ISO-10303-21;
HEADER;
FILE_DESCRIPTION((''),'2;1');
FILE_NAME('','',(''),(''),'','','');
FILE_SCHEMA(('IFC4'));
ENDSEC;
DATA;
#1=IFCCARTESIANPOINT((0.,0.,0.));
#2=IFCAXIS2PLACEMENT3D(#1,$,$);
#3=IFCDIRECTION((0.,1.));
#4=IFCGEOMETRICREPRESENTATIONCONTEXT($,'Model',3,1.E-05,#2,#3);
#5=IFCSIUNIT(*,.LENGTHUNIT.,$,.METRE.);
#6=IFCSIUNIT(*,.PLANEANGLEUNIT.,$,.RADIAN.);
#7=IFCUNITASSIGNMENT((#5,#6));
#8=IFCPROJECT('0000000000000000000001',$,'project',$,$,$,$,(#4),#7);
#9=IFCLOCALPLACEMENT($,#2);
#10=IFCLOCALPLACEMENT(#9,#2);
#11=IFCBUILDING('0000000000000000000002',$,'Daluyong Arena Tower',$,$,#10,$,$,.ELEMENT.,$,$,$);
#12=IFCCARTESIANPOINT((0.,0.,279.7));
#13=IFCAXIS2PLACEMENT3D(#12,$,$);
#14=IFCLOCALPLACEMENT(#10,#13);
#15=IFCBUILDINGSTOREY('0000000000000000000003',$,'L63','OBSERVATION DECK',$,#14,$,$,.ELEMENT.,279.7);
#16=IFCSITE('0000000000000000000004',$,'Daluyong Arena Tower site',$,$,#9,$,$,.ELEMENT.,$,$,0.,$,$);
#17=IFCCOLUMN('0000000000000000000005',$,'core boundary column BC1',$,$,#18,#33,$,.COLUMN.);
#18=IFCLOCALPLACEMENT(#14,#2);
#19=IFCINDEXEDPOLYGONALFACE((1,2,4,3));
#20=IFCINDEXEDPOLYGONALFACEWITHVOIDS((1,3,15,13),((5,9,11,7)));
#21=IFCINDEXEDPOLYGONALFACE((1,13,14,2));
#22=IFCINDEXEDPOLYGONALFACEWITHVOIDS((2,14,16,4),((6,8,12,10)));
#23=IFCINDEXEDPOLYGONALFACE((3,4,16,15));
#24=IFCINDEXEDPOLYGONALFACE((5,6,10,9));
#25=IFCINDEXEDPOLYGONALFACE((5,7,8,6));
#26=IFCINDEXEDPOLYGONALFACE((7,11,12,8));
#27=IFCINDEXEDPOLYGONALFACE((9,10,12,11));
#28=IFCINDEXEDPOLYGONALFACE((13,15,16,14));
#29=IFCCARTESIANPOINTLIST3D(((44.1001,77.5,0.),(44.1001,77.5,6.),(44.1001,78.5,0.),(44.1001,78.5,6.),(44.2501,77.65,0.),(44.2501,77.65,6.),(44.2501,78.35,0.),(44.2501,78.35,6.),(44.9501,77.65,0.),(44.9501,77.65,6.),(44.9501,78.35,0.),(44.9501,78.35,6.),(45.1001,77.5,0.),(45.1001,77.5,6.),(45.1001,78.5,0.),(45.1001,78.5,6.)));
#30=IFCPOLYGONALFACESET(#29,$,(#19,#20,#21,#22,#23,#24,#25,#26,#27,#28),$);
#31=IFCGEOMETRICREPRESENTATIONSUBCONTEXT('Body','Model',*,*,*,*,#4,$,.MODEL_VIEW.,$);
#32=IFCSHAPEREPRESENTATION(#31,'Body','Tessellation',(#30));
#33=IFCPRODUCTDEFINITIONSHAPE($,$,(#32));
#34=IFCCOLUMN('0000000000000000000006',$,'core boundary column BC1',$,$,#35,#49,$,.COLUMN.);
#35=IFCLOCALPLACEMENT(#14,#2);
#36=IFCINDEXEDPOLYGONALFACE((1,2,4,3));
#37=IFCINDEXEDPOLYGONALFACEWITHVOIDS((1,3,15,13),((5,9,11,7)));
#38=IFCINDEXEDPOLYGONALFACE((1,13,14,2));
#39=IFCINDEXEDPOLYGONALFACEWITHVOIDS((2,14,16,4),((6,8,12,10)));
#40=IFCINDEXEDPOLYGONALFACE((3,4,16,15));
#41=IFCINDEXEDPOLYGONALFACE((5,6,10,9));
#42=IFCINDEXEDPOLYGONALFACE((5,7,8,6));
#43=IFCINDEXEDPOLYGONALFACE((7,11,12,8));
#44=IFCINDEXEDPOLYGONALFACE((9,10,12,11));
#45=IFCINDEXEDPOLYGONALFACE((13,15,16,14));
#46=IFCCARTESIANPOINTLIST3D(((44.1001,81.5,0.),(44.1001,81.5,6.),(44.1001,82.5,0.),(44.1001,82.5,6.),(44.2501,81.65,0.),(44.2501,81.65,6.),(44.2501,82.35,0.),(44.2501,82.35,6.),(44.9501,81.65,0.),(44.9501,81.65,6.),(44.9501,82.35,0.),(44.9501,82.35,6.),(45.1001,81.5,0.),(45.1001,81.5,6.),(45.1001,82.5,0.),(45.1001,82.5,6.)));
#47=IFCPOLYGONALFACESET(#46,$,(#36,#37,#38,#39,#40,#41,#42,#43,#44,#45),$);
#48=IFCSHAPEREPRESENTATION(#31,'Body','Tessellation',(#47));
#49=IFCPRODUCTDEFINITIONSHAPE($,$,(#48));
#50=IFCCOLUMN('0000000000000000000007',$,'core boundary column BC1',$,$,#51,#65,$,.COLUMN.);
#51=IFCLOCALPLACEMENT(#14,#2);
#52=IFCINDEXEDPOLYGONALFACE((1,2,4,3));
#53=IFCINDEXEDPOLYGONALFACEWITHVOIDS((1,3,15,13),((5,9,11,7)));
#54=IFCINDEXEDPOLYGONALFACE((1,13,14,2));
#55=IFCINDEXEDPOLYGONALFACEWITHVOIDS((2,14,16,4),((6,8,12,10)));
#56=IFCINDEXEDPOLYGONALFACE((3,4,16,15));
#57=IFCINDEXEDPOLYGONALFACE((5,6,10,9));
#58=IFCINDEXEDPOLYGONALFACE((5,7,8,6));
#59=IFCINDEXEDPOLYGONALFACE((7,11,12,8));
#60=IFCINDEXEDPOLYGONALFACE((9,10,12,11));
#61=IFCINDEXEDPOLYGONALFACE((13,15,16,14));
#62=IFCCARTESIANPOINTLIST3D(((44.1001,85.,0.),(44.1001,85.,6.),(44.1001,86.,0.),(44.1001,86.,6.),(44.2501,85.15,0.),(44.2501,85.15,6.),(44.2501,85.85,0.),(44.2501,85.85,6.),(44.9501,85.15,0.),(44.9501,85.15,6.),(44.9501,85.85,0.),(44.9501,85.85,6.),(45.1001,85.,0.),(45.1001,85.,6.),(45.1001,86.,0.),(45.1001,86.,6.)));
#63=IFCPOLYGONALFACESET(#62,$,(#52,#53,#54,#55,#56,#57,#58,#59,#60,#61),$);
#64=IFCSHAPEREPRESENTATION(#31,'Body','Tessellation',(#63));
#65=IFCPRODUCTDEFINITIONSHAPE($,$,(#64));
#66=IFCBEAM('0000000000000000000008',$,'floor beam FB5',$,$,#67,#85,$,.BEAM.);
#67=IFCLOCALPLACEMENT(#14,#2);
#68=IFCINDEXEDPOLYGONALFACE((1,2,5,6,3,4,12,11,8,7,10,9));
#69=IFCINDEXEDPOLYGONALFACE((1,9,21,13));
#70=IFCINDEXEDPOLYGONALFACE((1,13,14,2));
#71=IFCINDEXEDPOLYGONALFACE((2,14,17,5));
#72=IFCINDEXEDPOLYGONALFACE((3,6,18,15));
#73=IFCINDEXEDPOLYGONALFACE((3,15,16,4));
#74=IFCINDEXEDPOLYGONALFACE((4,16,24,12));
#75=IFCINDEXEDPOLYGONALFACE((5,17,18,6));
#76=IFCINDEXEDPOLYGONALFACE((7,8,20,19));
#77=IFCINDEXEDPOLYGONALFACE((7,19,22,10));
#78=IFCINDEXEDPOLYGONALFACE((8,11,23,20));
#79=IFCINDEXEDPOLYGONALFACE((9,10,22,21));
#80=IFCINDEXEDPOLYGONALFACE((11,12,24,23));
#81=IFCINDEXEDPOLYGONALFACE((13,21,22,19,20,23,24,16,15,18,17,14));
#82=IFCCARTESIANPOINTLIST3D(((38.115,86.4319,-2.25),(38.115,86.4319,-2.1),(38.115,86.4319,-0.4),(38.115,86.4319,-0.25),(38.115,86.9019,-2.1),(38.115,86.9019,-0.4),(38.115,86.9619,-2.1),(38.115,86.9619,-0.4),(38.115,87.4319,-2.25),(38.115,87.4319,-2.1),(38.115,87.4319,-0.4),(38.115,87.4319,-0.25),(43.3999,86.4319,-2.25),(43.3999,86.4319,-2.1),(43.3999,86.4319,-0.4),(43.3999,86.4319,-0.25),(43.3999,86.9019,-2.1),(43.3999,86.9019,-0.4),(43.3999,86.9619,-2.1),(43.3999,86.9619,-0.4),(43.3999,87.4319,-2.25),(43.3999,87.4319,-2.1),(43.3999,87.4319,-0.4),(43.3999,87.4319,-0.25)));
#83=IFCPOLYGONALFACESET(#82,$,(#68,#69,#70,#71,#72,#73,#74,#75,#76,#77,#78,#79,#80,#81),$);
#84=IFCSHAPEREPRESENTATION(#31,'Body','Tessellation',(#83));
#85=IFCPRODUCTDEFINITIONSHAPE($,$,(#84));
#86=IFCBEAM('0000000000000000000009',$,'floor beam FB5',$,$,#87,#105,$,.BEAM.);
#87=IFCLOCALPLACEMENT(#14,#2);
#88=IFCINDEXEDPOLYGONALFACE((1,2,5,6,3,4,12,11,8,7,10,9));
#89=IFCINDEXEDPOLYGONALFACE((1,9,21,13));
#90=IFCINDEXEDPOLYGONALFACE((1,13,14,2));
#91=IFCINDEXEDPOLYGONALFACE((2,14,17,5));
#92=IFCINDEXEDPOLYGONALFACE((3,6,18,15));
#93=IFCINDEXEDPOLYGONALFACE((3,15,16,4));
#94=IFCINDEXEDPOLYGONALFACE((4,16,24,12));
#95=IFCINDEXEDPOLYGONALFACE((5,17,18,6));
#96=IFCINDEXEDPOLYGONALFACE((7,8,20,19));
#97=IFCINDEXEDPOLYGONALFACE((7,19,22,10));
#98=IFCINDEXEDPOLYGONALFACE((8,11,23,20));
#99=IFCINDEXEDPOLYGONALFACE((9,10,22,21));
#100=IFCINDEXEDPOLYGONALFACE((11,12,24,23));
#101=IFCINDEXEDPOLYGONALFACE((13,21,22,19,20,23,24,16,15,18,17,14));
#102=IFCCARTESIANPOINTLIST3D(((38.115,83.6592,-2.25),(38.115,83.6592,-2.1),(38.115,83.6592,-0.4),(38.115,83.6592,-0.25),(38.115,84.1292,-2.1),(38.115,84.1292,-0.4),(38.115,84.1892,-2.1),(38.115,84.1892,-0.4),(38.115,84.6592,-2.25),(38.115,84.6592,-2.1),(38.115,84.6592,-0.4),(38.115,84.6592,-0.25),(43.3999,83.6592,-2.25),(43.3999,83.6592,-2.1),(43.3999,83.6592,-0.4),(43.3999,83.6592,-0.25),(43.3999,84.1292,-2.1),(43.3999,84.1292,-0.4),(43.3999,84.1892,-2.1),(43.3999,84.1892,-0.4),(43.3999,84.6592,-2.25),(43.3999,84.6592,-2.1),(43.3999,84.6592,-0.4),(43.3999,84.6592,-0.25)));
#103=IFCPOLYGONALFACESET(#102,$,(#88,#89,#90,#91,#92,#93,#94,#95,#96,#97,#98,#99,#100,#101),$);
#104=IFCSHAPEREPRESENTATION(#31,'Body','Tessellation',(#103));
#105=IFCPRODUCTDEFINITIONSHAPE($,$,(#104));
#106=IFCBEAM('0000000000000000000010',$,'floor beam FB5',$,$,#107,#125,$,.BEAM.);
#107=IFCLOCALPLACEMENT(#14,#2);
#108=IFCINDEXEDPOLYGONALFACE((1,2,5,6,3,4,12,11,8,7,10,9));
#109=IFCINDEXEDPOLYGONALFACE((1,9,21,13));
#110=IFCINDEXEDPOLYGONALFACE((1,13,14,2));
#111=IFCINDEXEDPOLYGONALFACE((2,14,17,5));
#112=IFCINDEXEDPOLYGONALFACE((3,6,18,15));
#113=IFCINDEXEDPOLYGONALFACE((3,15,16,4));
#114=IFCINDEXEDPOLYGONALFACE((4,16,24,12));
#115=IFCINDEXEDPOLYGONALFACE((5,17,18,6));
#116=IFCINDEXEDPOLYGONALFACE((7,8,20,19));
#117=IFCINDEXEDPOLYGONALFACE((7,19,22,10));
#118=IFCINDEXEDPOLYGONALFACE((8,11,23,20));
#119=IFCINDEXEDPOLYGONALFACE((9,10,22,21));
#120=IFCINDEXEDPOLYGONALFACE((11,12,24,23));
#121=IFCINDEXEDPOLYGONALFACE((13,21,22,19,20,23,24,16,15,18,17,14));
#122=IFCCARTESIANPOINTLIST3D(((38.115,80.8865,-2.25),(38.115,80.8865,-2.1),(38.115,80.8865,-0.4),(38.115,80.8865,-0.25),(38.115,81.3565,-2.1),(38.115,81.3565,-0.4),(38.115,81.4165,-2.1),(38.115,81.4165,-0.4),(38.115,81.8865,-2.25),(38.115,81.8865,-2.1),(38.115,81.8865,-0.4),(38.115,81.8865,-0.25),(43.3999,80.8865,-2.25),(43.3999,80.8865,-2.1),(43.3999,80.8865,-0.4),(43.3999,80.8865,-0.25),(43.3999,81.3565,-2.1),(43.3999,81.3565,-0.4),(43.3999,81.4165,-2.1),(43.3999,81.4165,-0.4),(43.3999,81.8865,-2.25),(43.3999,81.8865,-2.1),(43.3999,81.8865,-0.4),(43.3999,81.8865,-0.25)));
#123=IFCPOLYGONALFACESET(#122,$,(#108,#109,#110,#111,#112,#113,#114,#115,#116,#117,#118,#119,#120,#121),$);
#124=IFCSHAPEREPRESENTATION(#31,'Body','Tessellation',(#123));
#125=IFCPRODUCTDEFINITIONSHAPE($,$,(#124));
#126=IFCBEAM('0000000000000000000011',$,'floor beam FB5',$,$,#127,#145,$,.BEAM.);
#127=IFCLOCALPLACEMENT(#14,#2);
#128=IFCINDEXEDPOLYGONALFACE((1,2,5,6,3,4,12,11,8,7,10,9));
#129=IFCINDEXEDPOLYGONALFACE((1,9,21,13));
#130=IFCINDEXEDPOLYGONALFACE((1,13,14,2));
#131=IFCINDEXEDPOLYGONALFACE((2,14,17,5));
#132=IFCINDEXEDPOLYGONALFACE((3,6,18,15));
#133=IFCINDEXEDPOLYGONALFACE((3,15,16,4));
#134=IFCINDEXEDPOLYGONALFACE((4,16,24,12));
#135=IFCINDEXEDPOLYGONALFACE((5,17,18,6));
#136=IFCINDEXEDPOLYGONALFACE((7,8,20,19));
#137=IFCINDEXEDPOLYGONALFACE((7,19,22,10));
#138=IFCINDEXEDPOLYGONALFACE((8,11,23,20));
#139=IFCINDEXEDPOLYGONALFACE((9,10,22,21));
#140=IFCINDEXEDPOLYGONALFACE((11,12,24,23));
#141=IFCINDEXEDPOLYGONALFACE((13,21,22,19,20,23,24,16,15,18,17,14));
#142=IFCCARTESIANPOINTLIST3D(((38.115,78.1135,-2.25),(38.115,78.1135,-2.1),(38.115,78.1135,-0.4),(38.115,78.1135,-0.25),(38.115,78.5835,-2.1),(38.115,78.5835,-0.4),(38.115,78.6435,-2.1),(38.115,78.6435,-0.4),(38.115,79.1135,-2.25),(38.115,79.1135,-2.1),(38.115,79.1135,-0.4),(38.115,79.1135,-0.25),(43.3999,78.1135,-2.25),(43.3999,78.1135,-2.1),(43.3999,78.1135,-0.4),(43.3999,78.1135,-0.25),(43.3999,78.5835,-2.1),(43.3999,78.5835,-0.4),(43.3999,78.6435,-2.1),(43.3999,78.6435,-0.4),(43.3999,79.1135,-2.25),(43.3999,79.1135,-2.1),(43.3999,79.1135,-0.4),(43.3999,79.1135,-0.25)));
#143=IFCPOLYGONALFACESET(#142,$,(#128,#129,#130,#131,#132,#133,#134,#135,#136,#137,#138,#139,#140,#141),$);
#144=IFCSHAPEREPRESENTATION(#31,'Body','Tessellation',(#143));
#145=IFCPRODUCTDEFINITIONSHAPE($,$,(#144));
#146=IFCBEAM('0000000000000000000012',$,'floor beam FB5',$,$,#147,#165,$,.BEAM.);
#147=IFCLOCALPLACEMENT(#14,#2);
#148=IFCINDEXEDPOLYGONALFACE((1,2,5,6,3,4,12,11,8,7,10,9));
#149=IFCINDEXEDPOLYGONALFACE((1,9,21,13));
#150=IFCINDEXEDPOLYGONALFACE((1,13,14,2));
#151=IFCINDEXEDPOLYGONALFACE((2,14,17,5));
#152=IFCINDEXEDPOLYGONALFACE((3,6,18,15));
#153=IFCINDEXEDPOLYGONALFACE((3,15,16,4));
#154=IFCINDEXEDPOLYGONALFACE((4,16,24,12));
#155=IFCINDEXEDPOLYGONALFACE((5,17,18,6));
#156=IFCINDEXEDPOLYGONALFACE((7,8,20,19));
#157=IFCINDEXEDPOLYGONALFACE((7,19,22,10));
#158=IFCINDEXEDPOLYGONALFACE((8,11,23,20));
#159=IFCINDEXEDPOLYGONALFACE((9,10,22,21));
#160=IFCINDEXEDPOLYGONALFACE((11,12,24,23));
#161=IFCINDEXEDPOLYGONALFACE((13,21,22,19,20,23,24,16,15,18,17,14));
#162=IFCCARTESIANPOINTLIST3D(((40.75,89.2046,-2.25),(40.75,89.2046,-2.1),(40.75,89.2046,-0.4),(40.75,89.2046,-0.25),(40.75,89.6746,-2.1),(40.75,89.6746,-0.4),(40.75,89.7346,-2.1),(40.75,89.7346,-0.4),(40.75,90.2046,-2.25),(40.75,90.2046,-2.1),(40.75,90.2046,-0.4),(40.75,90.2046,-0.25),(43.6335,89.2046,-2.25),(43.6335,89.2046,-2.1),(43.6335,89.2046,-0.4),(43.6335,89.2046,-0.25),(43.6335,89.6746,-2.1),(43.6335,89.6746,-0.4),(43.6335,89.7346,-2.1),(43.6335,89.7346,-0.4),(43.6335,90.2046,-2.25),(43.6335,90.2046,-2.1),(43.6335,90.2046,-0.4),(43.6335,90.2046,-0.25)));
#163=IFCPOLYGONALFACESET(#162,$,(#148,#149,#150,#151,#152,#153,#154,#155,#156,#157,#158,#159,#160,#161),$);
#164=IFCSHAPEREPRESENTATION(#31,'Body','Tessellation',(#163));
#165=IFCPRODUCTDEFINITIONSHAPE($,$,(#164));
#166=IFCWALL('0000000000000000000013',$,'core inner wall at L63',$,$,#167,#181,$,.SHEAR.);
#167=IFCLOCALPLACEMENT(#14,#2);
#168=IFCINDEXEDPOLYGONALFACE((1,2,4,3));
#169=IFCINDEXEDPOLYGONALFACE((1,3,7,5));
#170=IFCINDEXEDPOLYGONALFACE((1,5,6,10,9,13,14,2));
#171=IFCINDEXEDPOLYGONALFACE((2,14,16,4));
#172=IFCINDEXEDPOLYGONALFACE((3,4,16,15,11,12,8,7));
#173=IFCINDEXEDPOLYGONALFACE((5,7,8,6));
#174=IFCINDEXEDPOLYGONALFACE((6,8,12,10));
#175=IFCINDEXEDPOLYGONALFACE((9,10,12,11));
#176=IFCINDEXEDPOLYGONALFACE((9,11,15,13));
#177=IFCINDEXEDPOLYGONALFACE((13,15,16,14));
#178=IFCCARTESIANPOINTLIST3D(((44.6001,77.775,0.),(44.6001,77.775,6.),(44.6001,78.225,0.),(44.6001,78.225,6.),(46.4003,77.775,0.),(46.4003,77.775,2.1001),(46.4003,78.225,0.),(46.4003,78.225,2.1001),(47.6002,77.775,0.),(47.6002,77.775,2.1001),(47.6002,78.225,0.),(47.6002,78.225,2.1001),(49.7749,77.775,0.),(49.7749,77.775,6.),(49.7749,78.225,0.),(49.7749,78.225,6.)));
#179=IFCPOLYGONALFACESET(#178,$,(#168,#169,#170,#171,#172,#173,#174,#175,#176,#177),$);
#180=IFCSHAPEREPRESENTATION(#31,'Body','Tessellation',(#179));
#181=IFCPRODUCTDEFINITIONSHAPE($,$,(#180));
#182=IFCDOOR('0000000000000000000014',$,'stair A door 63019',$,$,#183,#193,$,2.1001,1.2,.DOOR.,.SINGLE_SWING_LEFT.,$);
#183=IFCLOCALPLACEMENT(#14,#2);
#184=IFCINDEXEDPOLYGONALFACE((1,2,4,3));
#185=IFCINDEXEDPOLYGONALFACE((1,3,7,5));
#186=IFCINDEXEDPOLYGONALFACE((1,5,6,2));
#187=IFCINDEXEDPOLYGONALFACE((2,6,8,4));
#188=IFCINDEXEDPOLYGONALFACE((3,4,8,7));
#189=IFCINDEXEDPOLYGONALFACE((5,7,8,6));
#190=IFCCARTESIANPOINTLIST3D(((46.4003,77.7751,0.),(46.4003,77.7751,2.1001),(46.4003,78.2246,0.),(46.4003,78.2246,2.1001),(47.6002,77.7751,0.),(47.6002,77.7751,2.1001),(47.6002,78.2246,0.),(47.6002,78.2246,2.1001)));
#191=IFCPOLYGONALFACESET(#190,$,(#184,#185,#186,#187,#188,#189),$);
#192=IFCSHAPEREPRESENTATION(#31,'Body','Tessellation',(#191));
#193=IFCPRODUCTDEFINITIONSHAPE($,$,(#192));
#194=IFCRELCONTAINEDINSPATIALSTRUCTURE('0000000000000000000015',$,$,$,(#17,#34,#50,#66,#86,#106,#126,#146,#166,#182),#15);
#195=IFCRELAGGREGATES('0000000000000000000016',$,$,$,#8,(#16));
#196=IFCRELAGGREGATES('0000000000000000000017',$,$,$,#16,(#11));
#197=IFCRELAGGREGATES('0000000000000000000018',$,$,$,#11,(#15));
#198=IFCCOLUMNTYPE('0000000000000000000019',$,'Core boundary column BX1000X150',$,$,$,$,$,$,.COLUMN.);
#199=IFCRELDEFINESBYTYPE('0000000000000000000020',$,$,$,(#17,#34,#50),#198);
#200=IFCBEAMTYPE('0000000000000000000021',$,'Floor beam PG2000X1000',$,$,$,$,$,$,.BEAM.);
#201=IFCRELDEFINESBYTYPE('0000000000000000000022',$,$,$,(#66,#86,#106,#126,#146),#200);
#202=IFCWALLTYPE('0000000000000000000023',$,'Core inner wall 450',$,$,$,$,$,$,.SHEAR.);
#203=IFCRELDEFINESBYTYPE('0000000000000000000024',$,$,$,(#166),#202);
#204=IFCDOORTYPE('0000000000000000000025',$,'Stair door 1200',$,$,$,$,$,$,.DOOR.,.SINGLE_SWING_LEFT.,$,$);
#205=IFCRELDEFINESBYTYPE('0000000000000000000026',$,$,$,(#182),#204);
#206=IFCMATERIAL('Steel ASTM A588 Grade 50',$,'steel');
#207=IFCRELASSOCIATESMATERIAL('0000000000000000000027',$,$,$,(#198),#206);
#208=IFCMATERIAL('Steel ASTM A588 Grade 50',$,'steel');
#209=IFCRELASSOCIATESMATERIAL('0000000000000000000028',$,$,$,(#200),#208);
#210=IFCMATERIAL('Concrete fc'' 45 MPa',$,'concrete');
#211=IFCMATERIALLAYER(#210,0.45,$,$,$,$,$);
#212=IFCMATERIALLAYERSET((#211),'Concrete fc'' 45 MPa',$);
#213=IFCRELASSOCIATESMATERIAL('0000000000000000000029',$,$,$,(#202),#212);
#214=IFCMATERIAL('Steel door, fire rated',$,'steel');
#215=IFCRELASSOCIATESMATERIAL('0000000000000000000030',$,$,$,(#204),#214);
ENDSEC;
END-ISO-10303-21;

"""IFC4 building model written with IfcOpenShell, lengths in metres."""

from ifc_helpers import new_model, si_unit, direction, frame, frame_2d, origin, origin_2d, place, context, subcontext, project, spatial, rectangle, hollow_rectangle, i_section, extrude, material, layer, layer_set, material_profile, profile_set, type_object, element, fill, save


model = new_model("IFC4")

# Units and contexts
model_context = context("Model", 3, precision=1e-05, world=origin(), true_north=direction((0.0, 1.0)))
body_context = subcontext(model_context, "Body", "Model", "MODEL_VIEW")
ifc_project = project(units=[si_unit("LENGTHUNIT", "METRE"), si_unit("PLANEANGLEUNIT", "RADIAN")], contexts=[model_context])

# Site, building, storey
site_placement = place(None, origin())
site = spatial("IfcSite", under=ifc_project, at=site_placement, Name="Daluyong Arena Tower site", CompositionType="ELEMENT", RefElevation=0.0)
building_placement = place(site_placement, origin())
building = spatial("IfcBuilding", under=site, at=building_placement, Name="Daluyong Arena Tower", CompositionType="ELEMENT")
storey_placement = place(building_placement, frame((0.0, 0.0, 279.7)))
storey = spatial("IfcBuildingStorey", under=building, at=storey_placement, Name="L63", Description="OBSERVATION DECK", CompositionType="ELEMENT", Elevation=279.7)

# Columns
ifc_material_1 = material(Name="Steel ASTM A588 Grade 50", Category="steel")
ifc_material_profile_1 = material_profile(ifc_material_1, hollow_rectangle(XDim=1.0, YDim=1.0, WallThickness=0.15, at=origin_2d()))
ifc_profile_set_1 = profile_set([ifc_material_profile_1], Name="Steel ASTM A588 Grade 50")
column_type = type_object("IfcColumnType", Name="Core boundary column BX1000X150", PredefinedType="COLUMN", material=ifc_profile_set_1)
for number, where, z_axis, x_axis, name in (
    (1, (44.6001, 78.0, 0.0), (0.0, 0.0, 1.0), (1.0, 0.0, 0.0), "core boundary column BC1"),
    (2, (44.6001, 82.0, 0.0), (0.0, 0.0, 1.0), (1.0, 0.0, 0.0), "core boundary column BC1"),
    (3, (44.6001, 85.5, 0.0), (0.0, 0.0, 1.0), (1.0, 0.0, 0.0), "core boundary column BC1"),
):
    element("IfcColumn", number, at=place(storey_placement, frame(where, z_axis=z_axis, x_axis=x_axis)), inside=storey, type_object=column_type, Name=name, PredefinedType="COLUMN", context=body_context, shape_type="SweptSolid", body=[
        extrude(hollow_rectangle(XDim=1.0, YDim=1.0, WallThickness=0.15, at=origin_2d()), origin(), (0.0, 0.0, 1.0), 6.0),
    ])

# Beams
ifc_material_2 = material(Name="Steel ASTM A588 Grade 50", Category="steel")
ifc_material_profile_2 = material_profile(ifc_material_2, i_section(OverallWidth=1.0, OverallDepth=2.0, WebThickness=0.06, FlangeThickness=0.15, at=origin_2d()))
ifc_profile_set_2 = profile_set([ifc_material_profile_2], Name="Steel ASTM A588 Grade 50")
beam_type = type_object("IfcBeamType", Name="Floor beam PG2000X1000", PredefinedType="BEAM", material=ifc_profile_set_2)
for number, where, z_axis, x_axis, name in (
    (4, (38.115, 86.9319, -1.25), (1.0, 0.0, 0.0), (0.0, 1.0, 0.0), "floor beam FB5"),
    (5, (38.115, 84.1592, -1.25), (1.0, 0.0, 0.0), (0.0, 1.0, 0.0), "floor beam FB5"),
    (6, (38.115, 81.3865, -1.25), (1.0, 0.0, 0.0), (0.0, 1.0, 0.0), "floor beam FB5"),
    (7, (38.115, 78.6135, -1.25), (1.0, 0.0, 0.0), (0.0, 1.0, 0.0), "floor beam FB5"),
):
    element("IfcBeam", number, at=place(storey_placement, frame(where, z_axis=z_axis, x_axis=x_axis)), inside=storey, type_object=beam_type, Name=name, PredefinedType="BEAM", context=body_context, shape_type="SweptSolid", body=[
        extrude(i_section(OverallWidth=1.0, OverallDepth=2.0, WebThickness=0.06, FlangeThickness=0.15, at=origin_2d()), origin(), (0.0, 0.0, 1.0), 5.2849),
    ])
beam_placement = place(storey_placement, frame((40.75, 89.7046, -1.25), z_axis=(1.0, 0.0, 0.0), x_axis=(0.0, 1.0, 0.0)))
element("IfcBeam", 8, at=beam_placement, inside=storey, type_object=beam_type, Name="floor beam FB5", PredefinedType="BEAM", context=body_context, shape_type="SweptSolid", body=[
    extrude(i_section(OverallWidth=1.0, OverallDepth=2.0, WebThickness=0.06, FlangeThickness=0.15, at=origin_2d()), origin(), (0.0, 0.0, 1.0), 2.8835),
])

# Wall, opening, door
ifc_material_3 = material(Name="Concrete fc' 45 MPa", Category="concrete")
ifc_layer_1 = layer(ifc_material_3, 0.45)
ifc_layer_set_1 = layer_set([ifc_layer_1], Name="Concrete fc' 45 MPa")
wall_type_1 = type_object("IfcWallType", Name="Core inner wall 450", PredefinedType="SHEAR", material=ifc_layer_set_1)
wall_1_placement = place(storey_placement, frame((44.6001, 78.0, 0.0), z_axis=(0.0, 0.0, 1.0), x_axis=(1.0, 0.0, 0.0)))
wall_1 = element("IfcWall", 9, at=wall_1_placement, inside=storey, type_object=wall_type_1, Name="core inner wall at L63", PredefinedType="SHEAR", context=body_context, shape_type="SweptSolid", body=[
    extrude(rectangle(XDim=5.1748, YDim=0.45, at=frame_2d((2.5874, 0.0))), origin(), (0.0, 0.0, 1.0), 6.0),
])
opening_1_placement = place(wall_1_placement, frame((1.8, 0.0, 0.0)))
opening_1 = element("IfcOpeningElement", 10, at=opening_1_placement, cuts=wall_1, PredefinedType="OPENING", context=body_context, shape_type="SweptSolid", body=[
    extrude(rectangle(XDim=1.2, YDim=2.1001, at=frame_2d((0.6001, 1.05))), frame((0.0, 0.2349, 0.0), z_axis=(0.0, -1.0, 0.0), x_axis=(1.0, 0.0, 0.0)), (0.0, 0.0, 1.0), 0.47),
])
ifc_material_4 = material(Name="Steel door, fire rated", Category="steel")
door_type_1 = type_object("IfcDoorType", Name="Stair door 1200", OperationType="SINGLE_SWING_LEFT", PredefinedType="DOOR", material=ifc_material_4)
door_1_placement = place(opening_1_placement, origin())
door_1 = element("IfcDoor", 11, at=door_1_placement, inside=storey, type_object=door_type_1, Name="stair A door 63019", OperationType="SINGLE_SWING_LEFT", OverallHeight=2.1001, OverallWidth=1.2, PredefinedType="DOOR", context=body_context, shape_type="SweptSolid", body=[
    extrude(rectangle(XDim=1.2, YDim=2.1001, at=frame_2d((0.6001, 1.05))), frame((0.0, 0.2246, 0.0), z_axis=(0.0, -1.0, 0.0), x_axis=(1.0, 0.0, 0.0)), (0.0, 0.0, 1.0), 0.4495),
])
fill(opening_1, door_1)

save(model, "model.ifc")
